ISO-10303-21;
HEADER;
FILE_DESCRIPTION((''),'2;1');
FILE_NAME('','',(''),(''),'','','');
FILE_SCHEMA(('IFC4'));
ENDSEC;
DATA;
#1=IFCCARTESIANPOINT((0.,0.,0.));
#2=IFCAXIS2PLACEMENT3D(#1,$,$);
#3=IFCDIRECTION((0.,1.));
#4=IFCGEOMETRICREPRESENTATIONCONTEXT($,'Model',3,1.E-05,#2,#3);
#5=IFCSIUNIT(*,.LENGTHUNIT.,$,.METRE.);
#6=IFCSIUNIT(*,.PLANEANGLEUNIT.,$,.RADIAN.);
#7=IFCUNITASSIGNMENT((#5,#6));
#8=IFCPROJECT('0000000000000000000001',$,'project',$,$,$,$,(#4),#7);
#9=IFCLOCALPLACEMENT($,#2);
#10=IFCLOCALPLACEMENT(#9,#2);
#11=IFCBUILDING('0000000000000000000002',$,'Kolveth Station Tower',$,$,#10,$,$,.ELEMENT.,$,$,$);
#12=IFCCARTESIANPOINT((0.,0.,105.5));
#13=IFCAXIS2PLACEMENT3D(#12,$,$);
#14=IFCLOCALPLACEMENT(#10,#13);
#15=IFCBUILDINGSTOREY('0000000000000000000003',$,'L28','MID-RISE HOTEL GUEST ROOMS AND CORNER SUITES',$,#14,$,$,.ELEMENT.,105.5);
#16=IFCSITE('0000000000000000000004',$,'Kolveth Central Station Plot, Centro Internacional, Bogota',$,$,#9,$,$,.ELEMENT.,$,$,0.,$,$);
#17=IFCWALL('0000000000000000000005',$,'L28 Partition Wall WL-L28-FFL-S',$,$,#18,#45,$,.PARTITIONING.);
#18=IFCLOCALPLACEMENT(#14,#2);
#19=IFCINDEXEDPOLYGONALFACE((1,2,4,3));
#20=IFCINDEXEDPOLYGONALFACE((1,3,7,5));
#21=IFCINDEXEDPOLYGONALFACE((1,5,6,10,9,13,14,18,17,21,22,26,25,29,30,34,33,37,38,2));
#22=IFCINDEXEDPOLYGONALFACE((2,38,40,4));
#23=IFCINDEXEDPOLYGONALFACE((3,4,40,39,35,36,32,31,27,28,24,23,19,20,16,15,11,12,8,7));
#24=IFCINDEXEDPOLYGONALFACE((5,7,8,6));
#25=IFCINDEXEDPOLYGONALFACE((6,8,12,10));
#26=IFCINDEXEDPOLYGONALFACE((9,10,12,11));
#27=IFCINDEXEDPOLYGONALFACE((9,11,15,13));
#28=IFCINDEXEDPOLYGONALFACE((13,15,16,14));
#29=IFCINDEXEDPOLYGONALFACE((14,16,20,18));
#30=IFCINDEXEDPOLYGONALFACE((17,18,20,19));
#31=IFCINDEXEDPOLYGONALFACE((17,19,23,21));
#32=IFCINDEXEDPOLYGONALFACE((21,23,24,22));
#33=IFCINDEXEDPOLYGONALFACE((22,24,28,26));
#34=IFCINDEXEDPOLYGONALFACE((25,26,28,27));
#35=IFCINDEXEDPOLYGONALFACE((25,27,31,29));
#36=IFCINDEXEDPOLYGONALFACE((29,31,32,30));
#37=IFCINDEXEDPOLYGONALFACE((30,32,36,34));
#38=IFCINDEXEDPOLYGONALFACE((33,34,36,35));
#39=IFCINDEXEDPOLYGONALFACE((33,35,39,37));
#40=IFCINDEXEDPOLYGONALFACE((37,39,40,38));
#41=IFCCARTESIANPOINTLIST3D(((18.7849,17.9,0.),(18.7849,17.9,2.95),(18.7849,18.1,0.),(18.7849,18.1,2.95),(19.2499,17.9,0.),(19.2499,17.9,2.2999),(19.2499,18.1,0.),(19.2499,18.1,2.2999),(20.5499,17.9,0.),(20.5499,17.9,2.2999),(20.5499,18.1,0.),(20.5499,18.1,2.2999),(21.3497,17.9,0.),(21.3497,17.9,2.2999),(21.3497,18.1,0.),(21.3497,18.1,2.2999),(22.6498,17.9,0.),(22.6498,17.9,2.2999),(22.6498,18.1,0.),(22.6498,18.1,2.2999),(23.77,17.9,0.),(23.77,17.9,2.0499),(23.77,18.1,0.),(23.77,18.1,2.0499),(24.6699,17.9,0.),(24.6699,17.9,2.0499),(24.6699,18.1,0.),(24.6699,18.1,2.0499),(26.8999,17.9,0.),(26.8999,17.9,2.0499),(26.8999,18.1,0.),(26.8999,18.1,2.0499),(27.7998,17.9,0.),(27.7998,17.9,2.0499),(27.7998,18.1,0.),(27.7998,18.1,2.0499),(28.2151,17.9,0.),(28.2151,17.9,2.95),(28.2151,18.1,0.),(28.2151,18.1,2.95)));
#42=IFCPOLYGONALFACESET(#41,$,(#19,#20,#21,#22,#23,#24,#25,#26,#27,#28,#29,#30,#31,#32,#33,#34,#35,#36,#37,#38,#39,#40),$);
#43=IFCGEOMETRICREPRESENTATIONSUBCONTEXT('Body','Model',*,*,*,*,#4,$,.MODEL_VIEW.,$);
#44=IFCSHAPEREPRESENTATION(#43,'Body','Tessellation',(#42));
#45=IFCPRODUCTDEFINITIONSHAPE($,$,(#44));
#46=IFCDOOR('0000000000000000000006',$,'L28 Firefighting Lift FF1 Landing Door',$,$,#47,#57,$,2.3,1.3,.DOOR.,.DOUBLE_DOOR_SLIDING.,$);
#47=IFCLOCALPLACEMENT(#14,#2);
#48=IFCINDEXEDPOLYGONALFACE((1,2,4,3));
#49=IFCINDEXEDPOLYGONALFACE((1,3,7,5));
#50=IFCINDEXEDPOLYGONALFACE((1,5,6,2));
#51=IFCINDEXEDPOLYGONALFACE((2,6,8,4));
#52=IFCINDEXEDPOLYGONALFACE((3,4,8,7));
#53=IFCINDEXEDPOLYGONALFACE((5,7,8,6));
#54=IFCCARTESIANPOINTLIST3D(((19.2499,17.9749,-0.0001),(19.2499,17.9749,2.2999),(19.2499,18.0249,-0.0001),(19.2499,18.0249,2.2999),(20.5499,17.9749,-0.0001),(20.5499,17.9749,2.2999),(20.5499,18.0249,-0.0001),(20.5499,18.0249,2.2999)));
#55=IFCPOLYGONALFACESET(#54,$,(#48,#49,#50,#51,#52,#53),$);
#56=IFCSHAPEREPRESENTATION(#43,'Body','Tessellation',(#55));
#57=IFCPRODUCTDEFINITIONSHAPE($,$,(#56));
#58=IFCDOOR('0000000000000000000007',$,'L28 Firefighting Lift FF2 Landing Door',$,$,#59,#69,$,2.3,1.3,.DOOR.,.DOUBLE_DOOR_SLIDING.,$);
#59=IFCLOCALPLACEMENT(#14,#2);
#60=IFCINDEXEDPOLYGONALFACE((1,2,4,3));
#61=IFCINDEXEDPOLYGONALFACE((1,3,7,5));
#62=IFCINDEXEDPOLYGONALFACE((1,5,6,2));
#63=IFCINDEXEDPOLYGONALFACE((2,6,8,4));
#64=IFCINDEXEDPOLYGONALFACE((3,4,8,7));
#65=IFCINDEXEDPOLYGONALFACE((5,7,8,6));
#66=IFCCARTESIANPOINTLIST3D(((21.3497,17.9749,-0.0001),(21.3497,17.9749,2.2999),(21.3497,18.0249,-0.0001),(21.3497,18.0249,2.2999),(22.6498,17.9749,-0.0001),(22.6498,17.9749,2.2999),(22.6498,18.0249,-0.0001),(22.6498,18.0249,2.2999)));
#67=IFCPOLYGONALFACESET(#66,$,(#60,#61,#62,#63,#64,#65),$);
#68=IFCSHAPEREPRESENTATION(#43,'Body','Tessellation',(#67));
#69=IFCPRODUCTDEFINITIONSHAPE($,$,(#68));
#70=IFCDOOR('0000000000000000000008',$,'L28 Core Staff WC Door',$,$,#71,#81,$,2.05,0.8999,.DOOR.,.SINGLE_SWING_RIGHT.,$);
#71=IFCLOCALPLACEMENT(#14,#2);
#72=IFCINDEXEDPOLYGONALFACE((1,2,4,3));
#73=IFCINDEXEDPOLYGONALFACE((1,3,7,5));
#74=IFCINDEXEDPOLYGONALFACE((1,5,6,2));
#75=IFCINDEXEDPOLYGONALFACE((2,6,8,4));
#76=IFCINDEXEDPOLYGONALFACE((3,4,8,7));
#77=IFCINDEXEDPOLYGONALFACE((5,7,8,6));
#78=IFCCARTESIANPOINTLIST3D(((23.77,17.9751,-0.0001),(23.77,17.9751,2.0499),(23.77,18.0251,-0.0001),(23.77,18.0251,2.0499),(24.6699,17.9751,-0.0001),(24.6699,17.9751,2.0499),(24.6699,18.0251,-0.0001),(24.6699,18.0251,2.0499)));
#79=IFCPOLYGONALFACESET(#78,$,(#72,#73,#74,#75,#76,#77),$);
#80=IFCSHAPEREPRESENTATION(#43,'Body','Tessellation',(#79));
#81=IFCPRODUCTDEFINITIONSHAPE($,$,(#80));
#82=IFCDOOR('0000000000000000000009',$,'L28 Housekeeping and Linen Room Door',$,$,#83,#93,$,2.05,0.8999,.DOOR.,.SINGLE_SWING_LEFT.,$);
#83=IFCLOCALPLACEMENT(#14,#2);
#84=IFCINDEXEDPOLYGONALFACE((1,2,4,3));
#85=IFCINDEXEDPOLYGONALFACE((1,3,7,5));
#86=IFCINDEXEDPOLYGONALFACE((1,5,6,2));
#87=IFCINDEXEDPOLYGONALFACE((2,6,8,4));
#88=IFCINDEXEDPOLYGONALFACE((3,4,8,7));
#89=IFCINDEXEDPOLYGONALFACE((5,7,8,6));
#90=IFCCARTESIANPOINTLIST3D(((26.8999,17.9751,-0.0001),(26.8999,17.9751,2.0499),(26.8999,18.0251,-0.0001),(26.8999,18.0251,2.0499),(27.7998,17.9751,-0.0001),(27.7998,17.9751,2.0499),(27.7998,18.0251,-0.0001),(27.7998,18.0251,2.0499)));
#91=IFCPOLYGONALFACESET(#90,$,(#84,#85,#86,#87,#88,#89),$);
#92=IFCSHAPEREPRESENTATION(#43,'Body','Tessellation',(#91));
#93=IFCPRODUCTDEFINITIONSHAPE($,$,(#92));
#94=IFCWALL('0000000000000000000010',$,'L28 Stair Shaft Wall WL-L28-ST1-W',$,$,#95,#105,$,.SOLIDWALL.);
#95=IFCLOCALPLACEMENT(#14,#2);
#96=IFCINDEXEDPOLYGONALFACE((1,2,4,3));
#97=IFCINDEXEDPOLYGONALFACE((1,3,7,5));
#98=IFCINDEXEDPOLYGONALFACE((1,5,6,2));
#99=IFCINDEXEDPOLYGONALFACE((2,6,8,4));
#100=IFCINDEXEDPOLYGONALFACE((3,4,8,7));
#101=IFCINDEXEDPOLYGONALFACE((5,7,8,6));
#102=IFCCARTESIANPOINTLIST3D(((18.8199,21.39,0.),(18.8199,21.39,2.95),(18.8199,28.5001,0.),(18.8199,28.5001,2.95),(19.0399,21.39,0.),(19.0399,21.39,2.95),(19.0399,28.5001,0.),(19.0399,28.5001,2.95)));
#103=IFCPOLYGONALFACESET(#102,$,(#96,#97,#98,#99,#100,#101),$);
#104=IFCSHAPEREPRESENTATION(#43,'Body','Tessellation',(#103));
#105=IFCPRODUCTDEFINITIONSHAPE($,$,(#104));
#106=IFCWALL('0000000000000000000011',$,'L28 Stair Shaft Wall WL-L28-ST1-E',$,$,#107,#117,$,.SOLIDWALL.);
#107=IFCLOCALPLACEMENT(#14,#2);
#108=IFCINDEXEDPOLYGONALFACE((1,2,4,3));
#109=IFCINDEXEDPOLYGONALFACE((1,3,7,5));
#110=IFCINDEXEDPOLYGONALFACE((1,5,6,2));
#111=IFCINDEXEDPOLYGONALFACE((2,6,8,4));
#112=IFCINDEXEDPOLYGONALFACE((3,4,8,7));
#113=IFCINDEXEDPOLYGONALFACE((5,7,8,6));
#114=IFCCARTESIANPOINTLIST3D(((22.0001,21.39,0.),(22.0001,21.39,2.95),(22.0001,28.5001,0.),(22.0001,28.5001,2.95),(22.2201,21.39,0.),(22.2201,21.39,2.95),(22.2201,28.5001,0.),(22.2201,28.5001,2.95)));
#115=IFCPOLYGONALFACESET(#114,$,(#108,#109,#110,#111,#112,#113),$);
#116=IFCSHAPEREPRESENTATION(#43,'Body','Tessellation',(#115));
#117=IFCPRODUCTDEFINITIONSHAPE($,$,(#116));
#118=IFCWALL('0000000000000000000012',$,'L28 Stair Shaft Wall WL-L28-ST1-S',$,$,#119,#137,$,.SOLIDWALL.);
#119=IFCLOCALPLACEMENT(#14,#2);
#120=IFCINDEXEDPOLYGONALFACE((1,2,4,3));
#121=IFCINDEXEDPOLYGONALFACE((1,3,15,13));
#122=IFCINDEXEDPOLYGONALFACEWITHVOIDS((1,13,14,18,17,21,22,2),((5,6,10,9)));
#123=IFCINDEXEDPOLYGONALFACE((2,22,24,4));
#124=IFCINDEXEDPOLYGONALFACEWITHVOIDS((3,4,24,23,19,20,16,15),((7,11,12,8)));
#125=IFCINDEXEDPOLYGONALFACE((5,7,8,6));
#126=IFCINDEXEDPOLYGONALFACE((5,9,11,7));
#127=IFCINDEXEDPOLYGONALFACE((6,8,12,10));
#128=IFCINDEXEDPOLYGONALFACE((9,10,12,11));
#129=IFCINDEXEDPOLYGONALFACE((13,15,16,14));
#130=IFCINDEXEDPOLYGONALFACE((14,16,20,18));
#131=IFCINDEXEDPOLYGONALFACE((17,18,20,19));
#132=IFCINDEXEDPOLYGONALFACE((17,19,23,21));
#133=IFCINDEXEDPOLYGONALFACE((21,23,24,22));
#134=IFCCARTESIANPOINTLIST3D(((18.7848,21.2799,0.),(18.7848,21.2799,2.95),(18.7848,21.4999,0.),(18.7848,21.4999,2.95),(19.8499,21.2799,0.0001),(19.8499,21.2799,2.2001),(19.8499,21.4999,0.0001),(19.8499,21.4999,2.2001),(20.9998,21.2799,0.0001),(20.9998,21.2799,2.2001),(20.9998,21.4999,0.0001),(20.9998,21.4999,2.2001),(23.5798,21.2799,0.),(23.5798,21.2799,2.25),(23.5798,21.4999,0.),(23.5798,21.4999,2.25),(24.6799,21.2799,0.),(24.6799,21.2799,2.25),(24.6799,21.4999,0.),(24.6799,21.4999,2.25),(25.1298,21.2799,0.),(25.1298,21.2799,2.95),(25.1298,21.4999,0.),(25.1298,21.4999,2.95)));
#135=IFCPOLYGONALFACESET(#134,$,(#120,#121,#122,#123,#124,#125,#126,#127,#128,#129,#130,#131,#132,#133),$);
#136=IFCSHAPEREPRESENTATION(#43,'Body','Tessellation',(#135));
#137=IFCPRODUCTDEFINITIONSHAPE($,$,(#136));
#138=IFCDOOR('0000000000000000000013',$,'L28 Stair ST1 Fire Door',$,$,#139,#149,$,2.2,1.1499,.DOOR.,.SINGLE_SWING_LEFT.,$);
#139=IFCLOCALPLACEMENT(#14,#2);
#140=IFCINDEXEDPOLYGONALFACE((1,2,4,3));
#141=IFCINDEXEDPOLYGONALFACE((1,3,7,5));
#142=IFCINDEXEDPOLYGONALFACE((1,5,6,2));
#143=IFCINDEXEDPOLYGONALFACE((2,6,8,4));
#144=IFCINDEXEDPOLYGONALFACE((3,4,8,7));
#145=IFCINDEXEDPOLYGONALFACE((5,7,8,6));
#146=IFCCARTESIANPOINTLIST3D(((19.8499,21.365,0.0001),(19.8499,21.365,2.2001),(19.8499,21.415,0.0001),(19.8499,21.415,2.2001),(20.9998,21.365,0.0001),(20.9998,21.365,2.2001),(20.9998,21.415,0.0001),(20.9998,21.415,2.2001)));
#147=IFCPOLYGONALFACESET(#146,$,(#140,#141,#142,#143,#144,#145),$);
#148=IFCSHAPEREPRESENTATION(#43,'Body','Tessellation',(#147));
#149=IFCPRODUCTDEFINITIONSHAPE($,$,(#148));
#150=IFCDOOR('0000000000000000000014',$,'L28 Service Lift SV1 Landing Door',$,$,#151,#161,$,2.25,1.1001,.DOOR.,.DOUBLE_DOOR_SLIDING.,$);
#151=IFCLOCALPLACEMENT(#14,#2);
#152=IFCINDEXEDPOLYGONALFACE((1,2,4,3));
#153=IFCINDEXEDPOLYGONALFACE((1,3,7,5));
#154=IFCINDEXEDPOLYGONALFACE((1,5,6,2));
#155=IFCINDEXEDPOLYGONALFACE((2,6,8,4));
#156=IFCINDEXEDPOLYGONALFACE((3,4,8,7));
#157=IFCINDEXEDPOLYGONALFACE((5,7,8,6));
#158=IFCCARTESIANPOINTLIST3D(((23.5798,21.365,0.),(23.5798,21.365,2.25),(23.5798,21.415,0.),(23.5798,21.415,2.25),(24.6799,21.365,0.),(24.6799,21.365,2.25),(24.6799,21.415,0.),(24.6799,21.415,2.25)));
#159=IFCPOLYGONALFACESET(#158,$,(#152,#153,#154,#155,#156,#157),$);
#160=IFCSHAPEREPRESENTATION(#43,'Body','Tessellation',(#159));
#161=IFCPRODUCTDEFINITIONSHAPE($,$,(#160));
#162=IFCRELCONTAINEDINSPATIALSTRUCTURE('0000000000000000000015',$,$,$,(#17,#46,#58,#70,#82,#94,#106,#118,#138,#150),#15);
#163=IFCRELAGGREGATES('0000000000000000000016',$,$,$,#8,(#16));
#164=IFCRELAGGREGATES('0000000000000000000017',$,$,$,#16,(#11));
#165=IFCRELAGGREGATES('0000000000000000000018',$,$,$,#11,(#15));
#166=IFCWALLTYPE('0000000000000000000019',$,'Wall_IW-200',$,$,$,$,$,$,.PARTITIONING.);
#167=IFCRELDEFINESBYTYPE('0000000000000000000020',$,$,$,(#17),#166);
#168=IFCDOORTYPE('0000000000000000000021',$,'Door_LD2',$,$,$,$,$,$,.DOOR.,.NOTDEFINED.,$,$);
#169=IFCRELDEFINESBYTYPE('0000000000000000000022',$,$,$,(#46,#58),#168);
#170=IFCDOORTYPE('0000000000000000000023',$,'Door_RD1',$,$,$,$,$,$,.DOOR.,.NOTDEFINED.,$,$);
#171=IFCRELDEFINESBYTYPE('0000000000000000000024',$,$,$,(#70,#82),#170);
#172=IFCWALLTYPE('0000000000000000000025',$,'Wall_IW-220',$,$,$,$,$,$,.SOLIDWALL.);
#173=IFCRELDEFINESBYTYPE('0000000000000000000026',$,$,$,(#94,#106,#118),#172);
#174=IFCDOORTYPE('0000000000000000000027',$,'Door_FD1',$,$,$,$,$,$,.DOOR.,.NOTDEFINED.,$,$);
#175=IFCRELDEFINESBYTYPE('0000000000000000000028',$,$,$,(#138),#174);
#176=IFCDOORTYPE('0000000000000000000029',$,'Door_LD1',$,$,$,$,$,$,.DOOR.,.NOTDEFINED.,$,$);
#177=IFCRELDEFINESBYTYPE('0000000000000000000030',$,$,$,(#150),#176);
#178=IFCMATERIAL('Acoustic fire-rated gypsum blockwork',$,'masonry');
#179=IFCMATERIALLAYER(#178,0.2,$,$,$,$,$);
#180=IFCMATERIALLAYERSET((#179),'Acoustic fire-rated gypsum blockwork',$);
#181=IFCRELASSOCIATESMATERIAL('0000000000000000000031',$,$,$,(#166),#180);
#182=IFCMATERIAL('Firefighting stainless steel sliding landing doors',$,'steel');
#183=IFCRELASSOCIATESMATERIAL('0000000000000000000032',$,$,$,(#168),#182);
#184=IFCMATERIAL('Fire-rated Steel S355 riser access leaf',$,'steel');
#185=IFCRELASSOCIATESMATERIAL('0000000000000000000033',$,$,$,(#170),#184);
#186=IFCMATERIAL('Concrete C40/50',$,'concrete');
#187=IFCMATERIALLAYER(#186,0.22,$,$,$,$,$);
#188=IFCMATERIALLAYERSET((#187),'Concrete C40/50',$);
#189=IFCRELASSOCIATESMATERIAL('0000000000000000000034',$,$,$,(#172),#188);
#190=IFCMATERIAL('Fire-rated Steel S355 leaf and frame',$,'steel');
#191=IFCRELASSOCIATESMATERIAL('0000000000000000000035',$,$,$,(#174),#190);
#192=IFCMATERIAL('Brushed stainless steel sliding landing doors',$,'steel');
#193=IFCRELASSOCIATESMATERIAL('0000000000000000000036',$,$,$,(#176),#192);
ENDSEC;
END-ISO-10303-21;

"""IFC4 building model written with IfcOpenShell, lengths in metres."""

from ifc_helpers import new_model, si_unit, direction, frame, frame_2d, origin, place, context, subcontext, project, spatial, rectangle, extrude, material, layer, layer_set, type_object, element, fill, save


model = new_model("IFC4")

# Units and contexts
model_context = context("Model", 3, precision=1e-05, world=origin(), true_north=direction((0.0, 1.0)))
body_context = subcontext(model_context, "Body", "Model", "MODEL_VIEW")
ifc_project = project(units=[si_unit("LENGTHUNIT", "METRE"), si_unit("PLANEANGLEUNIT", "RADIAN")], contexts=[model_context])

# Site, building, storey
site_placement = place(None, origin())
site = spatial("IfcSite", under=ifc_project, at=site_placement, Name="Kolveth Central Station Plot, Centro Internacional, Bogota", CompositionType="ELEMENT", RefElevation=0.0)
building_placement = place(site_placement, origin())
building = spatial("IfcBuilding", under=site, at=building_placement, Name="Kolveth Station Tower", CompositionType="ELEMENT")
storey_placement = place(building_placement, frame((0.0, 0.0, 105.5)))
storey = spatial("IfcBuildingStorey", under=building, at=storey_placement, Name="L28", Description="MID-RISE HOTEL GUEST ROOMS AND CORNER SUITES", CompositionType="ELEMENT", Elevation=105.5)

# Shared definitions
ifc_material_1 = material(Name="Acoustic fire-rated gypsum blockwork", Category="masonry")
ifc_layer_1 = layer(ifc_material_1, 0.2)
ifc_layer_set_1 = layer_set([ifc_layer_1], Name="Acoustic fire-rated gypsum blockwork")
wall_type_1 = type_object("IfcWallType", Name="Wall_IW-200", PredefinedType="PARTITIONING", material=ifc_layer_set_1)

# Wall, openings, doors
wall_1_placement = place(storey_placement, frame((18.7849, 18.0, 0.0), z_axis=(0.0, 0.0, 1.0), x_axis=(1.0, 0.0, 0.0)))
wall_1 = element("IfcWall", 1, at=wall_1_placement, inside=storey, type_object=wall_type_1, Name="L28 Partition Wall WL-L28-FFL-S", PredefinedType="PARTITIONING", context=body_context, shape_type="SweptSolid", body=[
    extrude(rectangle(XDim=9.4302, YDim=0.2, at=frame_2d((4.7151, 0.0))), origin(), (0.0, 0.0, 1.0), 2.95),
])
opening_1_placement = place(wall_1_placement, frame((0.4651, 0.0, 0.0)))
opening_1 = element("IfcOpeningElement", 2, at=opening_1_placement, cuts=wall_1, PredefinedType="OPENING", context=body_context, shape_type="SweptSolid", body=[
    extrude(rectangle(XDim=1.3, YDim=2.3, at=frame_2d((0.6499, 1.1499))), frame((0.0, 0.1099, 0.0), z_axis=(0.0, -1.0, 0.0), x_axis=(1.0, 0.0, 0.0)), (0.0, 0.0, 1.0), 0.22),
])
opening_2_placement = place(wall_1_placement, frame((2.5649, 0.0, 0.0)))
opening_2 = element("IfcOpeningElement", 3, at=opening_2_placement, cuts=wall_1, PredefinedType="OPENING", context=body_context, shape_type="SweptSolid", body=[
    extrude(rectangle(XDim=1.3, YDim=2.3, at=frame_2d((0.6499, 1.1499))), frame((0.0, 0.1099, 0.0), z_axis=(0.0, -1.0, 0.0), x_axis=(1.0, 0.0, 0.0)), (0.0, 0.0, 1.0), 0.22),
])
opening_3_placement = place(wall_1_placement, frame((4.9851, 0.0, 0.0)))
opening_3 = element("IfcOpeningElement", 4, at=opening_3_placement, cuts=wall_1, PredefinedType="OPENING", context=body_context, shape_type="SweptSolid", body=[
    extrude(rectangle(XDim=0.8999, YDim=2.05, at=frame_2d((0.45, 1.0249))), frame((0.0, 0.1099, 0.0), z_axis=(0.0, -1.0, 0.0), x_axis=(1.0, 0.0, 0.0)), (0.0, 0.0, 1.0), 0.22),
])
opening_4_placement = place(wall_1_placement, frame((8.115, 0.0, 0.0)))
opening_4 = element("IfcOpeningElement", 5, at=opening_4_placement, cuts=wall_1, PredefinedType="OPENING", context=body_context, shape_type="SweptSolid", body=[
    extrude(rectangle(XDim=0.8999, YDim=2.05, at=frame_2d((0.45, 1.0249))), frame((0.0, 0.1099, 0.0), z_axis=(0.0, -1.0, 0.0), x_axis=(1.0, 0.0, 0.0)), (0.0, 0.0, 1.0), 0.22),
])
ifc_material_2 = material(Name="Firefighting stainless steel sliding landing doors", Category="steel")
door_type_1 = type_object("IfcDoorType", Name="Door_LD2", OperationType="NOTDEFINED", PredefinedType="DOOR", material=ifc_material_2)
door_1_placement = place(opening_1_placement, origin())
door_1 = element("IfcDoor", 6, at=door_1_placement, inside=storey, type_object=door_type_1, Name="L28 Firefighting Lift FF1 Landing Door", OperationType="DOUBLE_DOOR_SLIDING", OverallHeight=2.3, OverallWidth=1.3, PredefinedType="DOOR", context=body_context, shape_type="SweptSolid", body=[
    extrude(rectangle(XDim=1.3, YDim=2.3, at=frame_2d((0.6499, 1.1499))), frame((0.0, 0.0249, 0.0), z_axis=(0.0, -1.0, 0.0), x_axis=(1.0, 0.0, 0.0)), (0.0, 0.0, 1.0), 0.05),
])
fill(opening_1, door_1)
door_2_placement = place(opening_2_placement, origin())
door_2 = element("IfcDoor", 7, at=door_2_placement, inside=storey, type_object=door_type_1, Name="L28 Firefighting Lift FF2 Landing Door", OperationType="DOUBLE_DOOR_SLIDING", OverallHeight=2.3, OverallWidth=1.3, PredefinedType="DOOR", context=body_context, shape_type="SweptSolid", body=[
    extrude(rectangle(XDim=1.3, YDim=2.3, at=frame_2d((0.6499, 1.1499))), frame((0.0, 0.0249, 0.0), z_axis=(0.0, -1.0, 0.0), x_axis=(1.0, 0.0, 0.0)), (0.0, 0.0, 1.0), 0.05),
])
fill(opening_2, door_2)
ifc_material_3 = material(Name="Fire-rated Steel S355 riser access leaf", Category="steel")
door_type_2 = type_object("IfcDoorType", Name="Door_RD1", OperationType="NOTDEFINED", PredefinedType="DOOR", material=ifc_material_3)
door_3_placement = place(opening_3_placement, frame((0.8999, 0.0, 0.0), z_axis=(0.0, 0.0, 1.0), x_axis=(-1.0, 0.0, 0.0)))
door_3 = element("IfcDoor", 8, at=door_3_placement, inside=storey, type_object=door_type_2, Name="L28 Core Staff WC Door", OperationType="SINGLE_SWING_RIGHT", OverallHeight=2.05, OverallWidth=0.8999, PredefinedType="DOOR", context=body_context, shape_type="SweptSolid", body=[
    extrude(rectangle(XDim=0.8999, YDim=2.05, at=frame_2d((0.45, 1.0249))), frame((0.0, 0.0249, 0.0), z_axis=(0.0, -1.0, 0.0), x_axis=(1.0, 0.0, 0.0)), (0.0, 0.0, 1.0), 0.05),
])
fill(opening_3, door_3)
door_4_placement = place(opening_4_placement, frame((0.8999, 0.0, 0.0), z_axis=(0.0, 0.0, 1.0), x_axis=(-1.0, 0.0, 0.0)))
door_4 = element("IfcDoor", 9, at=door_4_placement, inside=storey, type_object=door_type_2, Name="L28 Housekeeping and Linen Room Door", OperationType="SINGLE_SWING_LEFT", OverallHeight=2.05, OverallWidth=0.8999, PredefinedType="DOOR", context=body_context, shape_type="SweptSolid", body=[
    extrude(rectangle(XDim=0.8999, YDim=2.05, at=frame_2d((0.45, 1.0249))), frame((0.0, 0.0249, 0.0), z_axis=(0.0, -1.0, 0.0), x_axis=(1.0, 0.0, 0.0)), (0.0, 0.0, 1.0), 0.05),
])
fill(opening_4, door_4)

# Walls
ifc_material_4 = material(Name="Concrete C40/50", Category="concrete")
ifc_layer_2 = layer(ifc_material_4, 0.22)
ifc_layer_set_2 = layer_set([ifc_layer_2], Name="Concrete C40/50")
wall_type_2 = type_object("IfcWallType", Name="Wall_IW-220", PredefinedType="SOLIDWALL", material=ifc_layer_set_2)
for number, where, z_axis, x_axis, name in (
    (10, (18.9299, 21.3899, 0.0), (0.0, 0.0, 1.0), (0.0, 1.0, 0.0), "L28 Stair Shaft Wall WL-L28-ST1-W"),
    (11, (22.1101, 21.3899, 0.0), (0.0, 0.0, 1.0), (0.0, 1.0, 0.0), "L28 Stair Shaft Wall WL-L28-ST1-E"),
):
    element("IfcWall", number, at=place(storey_placement, frame(where, z_axis=z_axis, x_axis=x_axis)), inside=storey, type_object=wall_type_2, Name=name, PredefinedType="SOLIDWALL", context=body_context, shape_type="SweptSolid", body=[
        extrude(rectangle(XDim=7.1101, YDim=0.22, at=frame_2d((3.5552, 0.0))), origin(), (0.0, 0.0, 1.0), 2.95),
    ])

# Wall, openings, doors
wall_2_placement = place(storey_placement, frame((18.7849, 21.3899, 0.0), z_axis=(0.0, 0.0, 1.0), x_axis=(1.0, 0.0, 0.0)))
wall_2 = element("IfcWall", 12, at=wall_2_placement, inside=storey, type_object=wall_type_2, Name="L28 Stair Shaft Wall WL-L28-ST1-S", PredefinedType="SOLIDWALL", context=body_context, shape_type="SweptSolid", body=[
    extrude(rectangle(XDim=6.345, YDim=0.22, at=frame_2d((3.1724, 0.0))), origin(), (0.0, 0.0, 1.0), 2.95),
])
opening_5_placement = place(wall_2_placement, frame((1.0649, 0.0, 0.0)))
opening_5 = element("IfcOpeningElement", 13, at=opening_5_placement, cuts=wall_2, PredefinedType="OPENING", context=body_context, shape_type="SweptSolid", body=[
    extrude(rectangle(XDim=1.1499, YDim=2.2, at=frame_2d((0.575, 1.1001))), frame((0.0, 0.1199, 0.0), z_axis=(0.0, -1.0, 0.0), x_axis=(1.0, 0.0, 0.0)), (0.0, 0.0, 1.0), 0.24),
])
opening_6_placement = place(wall_2_placement, frame((4.7949, 0.0, 0.0)))
opening_6 = element("IfcOpeningElement", 14, at=opening_6_placement, cuts=wall_2, PredefinedType="OPENING", context=body_context, shape_type="SweptSolid", body=[
    extrude(rectangle(XDim=1.1001, YDim=2.25, at=frame_2d((0.55, 1.125))), frame((0.0, 0.1199, 0.0), z_axis=(0.0, -1.0, 0.0), x_axis=(1.0, 0.0, 0.0)), (0.0, 0.0, 1.0), 0.24),
])
ifc_material_5 = material(Name="Fire-rated Steel S355 leaf and frame", Category="steel")
door_type_3 = type_object("IfcDoorType", Name="Door_FD1", OperationType="NOTDEFINED", PredefinedType="DOOR", material=ifc_material_5)
door_5_placement = place(opening_5_placement, frame((1.1499, 0.0, 0.0), z_axis=(0.0, 0.0, 1.0), x_axis=(-1.0, 0.0, 0.0)))
door_5 = element("IfcDoor", 15, at=door_5_placement, inside=storey, type_object=door_type_3, Name="L28 Stair ST1 Fire Door", OperationType="SINGLE_SWING_LEFT", OverallHeight=2.2, OverallWidth=1.1499, PredefinedType="DOOR", context=body_context, shape_type="SweptSolid", body=[
    extrude(rectangle(XDim=1.1499, YDim=2.2, at=frame_2d((0.575, 1.1001))), frame((0.0, 0.0249, 0.0), z_axis=(0.0, -1.0, 0.0), x_axis=(1.0, 0.0, 0.0)), (0.0, 0.0, 1.0), 0.05),
])
fill(opening_5, door_5)
ifc_material_6 = material(Name="Brushed stainless steel sliding landing doors", Category="steel")
door_type_4 = type_object("IfcDoorType", Name="Door_LD1", OperationType="NOTDEFINED", PredefinedType="DOOR", material=ifc_material_6)
door_6_placement = place(opening_6_placement, frame((1.1001, 0.0, 0.0), z_axis=(0.0, 0.0, 1.0), x_axis=(-1.0, 0.0, 0.0)))
door_6 = element("IfcDoor", 16, at=door_6_placement, inside=storey, type_object=door_type_4, Name="L28 Service Lift SV1 Landing Door", OperationType="DOUBLE_DOOR_SLIDING", OverallHeight=2.25, OverallWidth=1.1001, PredefinedType="DOOR", context=body_context, shape_type="SweptSolid", body=[
    extrude(rectangle(XDim=1.1001, YDim=2.25, at=frame_2d((0.55, 1.125))), frame((0.0, 0.0249, 0.0), z_axis=(0.0, -1.0, 0.0), x_axis=(1.0, 0.0, 0.0)), (0.0, 0.0, 1.0), 0.05),
])
fill(opening_6, door_6)

save(model, "model.ifc")
